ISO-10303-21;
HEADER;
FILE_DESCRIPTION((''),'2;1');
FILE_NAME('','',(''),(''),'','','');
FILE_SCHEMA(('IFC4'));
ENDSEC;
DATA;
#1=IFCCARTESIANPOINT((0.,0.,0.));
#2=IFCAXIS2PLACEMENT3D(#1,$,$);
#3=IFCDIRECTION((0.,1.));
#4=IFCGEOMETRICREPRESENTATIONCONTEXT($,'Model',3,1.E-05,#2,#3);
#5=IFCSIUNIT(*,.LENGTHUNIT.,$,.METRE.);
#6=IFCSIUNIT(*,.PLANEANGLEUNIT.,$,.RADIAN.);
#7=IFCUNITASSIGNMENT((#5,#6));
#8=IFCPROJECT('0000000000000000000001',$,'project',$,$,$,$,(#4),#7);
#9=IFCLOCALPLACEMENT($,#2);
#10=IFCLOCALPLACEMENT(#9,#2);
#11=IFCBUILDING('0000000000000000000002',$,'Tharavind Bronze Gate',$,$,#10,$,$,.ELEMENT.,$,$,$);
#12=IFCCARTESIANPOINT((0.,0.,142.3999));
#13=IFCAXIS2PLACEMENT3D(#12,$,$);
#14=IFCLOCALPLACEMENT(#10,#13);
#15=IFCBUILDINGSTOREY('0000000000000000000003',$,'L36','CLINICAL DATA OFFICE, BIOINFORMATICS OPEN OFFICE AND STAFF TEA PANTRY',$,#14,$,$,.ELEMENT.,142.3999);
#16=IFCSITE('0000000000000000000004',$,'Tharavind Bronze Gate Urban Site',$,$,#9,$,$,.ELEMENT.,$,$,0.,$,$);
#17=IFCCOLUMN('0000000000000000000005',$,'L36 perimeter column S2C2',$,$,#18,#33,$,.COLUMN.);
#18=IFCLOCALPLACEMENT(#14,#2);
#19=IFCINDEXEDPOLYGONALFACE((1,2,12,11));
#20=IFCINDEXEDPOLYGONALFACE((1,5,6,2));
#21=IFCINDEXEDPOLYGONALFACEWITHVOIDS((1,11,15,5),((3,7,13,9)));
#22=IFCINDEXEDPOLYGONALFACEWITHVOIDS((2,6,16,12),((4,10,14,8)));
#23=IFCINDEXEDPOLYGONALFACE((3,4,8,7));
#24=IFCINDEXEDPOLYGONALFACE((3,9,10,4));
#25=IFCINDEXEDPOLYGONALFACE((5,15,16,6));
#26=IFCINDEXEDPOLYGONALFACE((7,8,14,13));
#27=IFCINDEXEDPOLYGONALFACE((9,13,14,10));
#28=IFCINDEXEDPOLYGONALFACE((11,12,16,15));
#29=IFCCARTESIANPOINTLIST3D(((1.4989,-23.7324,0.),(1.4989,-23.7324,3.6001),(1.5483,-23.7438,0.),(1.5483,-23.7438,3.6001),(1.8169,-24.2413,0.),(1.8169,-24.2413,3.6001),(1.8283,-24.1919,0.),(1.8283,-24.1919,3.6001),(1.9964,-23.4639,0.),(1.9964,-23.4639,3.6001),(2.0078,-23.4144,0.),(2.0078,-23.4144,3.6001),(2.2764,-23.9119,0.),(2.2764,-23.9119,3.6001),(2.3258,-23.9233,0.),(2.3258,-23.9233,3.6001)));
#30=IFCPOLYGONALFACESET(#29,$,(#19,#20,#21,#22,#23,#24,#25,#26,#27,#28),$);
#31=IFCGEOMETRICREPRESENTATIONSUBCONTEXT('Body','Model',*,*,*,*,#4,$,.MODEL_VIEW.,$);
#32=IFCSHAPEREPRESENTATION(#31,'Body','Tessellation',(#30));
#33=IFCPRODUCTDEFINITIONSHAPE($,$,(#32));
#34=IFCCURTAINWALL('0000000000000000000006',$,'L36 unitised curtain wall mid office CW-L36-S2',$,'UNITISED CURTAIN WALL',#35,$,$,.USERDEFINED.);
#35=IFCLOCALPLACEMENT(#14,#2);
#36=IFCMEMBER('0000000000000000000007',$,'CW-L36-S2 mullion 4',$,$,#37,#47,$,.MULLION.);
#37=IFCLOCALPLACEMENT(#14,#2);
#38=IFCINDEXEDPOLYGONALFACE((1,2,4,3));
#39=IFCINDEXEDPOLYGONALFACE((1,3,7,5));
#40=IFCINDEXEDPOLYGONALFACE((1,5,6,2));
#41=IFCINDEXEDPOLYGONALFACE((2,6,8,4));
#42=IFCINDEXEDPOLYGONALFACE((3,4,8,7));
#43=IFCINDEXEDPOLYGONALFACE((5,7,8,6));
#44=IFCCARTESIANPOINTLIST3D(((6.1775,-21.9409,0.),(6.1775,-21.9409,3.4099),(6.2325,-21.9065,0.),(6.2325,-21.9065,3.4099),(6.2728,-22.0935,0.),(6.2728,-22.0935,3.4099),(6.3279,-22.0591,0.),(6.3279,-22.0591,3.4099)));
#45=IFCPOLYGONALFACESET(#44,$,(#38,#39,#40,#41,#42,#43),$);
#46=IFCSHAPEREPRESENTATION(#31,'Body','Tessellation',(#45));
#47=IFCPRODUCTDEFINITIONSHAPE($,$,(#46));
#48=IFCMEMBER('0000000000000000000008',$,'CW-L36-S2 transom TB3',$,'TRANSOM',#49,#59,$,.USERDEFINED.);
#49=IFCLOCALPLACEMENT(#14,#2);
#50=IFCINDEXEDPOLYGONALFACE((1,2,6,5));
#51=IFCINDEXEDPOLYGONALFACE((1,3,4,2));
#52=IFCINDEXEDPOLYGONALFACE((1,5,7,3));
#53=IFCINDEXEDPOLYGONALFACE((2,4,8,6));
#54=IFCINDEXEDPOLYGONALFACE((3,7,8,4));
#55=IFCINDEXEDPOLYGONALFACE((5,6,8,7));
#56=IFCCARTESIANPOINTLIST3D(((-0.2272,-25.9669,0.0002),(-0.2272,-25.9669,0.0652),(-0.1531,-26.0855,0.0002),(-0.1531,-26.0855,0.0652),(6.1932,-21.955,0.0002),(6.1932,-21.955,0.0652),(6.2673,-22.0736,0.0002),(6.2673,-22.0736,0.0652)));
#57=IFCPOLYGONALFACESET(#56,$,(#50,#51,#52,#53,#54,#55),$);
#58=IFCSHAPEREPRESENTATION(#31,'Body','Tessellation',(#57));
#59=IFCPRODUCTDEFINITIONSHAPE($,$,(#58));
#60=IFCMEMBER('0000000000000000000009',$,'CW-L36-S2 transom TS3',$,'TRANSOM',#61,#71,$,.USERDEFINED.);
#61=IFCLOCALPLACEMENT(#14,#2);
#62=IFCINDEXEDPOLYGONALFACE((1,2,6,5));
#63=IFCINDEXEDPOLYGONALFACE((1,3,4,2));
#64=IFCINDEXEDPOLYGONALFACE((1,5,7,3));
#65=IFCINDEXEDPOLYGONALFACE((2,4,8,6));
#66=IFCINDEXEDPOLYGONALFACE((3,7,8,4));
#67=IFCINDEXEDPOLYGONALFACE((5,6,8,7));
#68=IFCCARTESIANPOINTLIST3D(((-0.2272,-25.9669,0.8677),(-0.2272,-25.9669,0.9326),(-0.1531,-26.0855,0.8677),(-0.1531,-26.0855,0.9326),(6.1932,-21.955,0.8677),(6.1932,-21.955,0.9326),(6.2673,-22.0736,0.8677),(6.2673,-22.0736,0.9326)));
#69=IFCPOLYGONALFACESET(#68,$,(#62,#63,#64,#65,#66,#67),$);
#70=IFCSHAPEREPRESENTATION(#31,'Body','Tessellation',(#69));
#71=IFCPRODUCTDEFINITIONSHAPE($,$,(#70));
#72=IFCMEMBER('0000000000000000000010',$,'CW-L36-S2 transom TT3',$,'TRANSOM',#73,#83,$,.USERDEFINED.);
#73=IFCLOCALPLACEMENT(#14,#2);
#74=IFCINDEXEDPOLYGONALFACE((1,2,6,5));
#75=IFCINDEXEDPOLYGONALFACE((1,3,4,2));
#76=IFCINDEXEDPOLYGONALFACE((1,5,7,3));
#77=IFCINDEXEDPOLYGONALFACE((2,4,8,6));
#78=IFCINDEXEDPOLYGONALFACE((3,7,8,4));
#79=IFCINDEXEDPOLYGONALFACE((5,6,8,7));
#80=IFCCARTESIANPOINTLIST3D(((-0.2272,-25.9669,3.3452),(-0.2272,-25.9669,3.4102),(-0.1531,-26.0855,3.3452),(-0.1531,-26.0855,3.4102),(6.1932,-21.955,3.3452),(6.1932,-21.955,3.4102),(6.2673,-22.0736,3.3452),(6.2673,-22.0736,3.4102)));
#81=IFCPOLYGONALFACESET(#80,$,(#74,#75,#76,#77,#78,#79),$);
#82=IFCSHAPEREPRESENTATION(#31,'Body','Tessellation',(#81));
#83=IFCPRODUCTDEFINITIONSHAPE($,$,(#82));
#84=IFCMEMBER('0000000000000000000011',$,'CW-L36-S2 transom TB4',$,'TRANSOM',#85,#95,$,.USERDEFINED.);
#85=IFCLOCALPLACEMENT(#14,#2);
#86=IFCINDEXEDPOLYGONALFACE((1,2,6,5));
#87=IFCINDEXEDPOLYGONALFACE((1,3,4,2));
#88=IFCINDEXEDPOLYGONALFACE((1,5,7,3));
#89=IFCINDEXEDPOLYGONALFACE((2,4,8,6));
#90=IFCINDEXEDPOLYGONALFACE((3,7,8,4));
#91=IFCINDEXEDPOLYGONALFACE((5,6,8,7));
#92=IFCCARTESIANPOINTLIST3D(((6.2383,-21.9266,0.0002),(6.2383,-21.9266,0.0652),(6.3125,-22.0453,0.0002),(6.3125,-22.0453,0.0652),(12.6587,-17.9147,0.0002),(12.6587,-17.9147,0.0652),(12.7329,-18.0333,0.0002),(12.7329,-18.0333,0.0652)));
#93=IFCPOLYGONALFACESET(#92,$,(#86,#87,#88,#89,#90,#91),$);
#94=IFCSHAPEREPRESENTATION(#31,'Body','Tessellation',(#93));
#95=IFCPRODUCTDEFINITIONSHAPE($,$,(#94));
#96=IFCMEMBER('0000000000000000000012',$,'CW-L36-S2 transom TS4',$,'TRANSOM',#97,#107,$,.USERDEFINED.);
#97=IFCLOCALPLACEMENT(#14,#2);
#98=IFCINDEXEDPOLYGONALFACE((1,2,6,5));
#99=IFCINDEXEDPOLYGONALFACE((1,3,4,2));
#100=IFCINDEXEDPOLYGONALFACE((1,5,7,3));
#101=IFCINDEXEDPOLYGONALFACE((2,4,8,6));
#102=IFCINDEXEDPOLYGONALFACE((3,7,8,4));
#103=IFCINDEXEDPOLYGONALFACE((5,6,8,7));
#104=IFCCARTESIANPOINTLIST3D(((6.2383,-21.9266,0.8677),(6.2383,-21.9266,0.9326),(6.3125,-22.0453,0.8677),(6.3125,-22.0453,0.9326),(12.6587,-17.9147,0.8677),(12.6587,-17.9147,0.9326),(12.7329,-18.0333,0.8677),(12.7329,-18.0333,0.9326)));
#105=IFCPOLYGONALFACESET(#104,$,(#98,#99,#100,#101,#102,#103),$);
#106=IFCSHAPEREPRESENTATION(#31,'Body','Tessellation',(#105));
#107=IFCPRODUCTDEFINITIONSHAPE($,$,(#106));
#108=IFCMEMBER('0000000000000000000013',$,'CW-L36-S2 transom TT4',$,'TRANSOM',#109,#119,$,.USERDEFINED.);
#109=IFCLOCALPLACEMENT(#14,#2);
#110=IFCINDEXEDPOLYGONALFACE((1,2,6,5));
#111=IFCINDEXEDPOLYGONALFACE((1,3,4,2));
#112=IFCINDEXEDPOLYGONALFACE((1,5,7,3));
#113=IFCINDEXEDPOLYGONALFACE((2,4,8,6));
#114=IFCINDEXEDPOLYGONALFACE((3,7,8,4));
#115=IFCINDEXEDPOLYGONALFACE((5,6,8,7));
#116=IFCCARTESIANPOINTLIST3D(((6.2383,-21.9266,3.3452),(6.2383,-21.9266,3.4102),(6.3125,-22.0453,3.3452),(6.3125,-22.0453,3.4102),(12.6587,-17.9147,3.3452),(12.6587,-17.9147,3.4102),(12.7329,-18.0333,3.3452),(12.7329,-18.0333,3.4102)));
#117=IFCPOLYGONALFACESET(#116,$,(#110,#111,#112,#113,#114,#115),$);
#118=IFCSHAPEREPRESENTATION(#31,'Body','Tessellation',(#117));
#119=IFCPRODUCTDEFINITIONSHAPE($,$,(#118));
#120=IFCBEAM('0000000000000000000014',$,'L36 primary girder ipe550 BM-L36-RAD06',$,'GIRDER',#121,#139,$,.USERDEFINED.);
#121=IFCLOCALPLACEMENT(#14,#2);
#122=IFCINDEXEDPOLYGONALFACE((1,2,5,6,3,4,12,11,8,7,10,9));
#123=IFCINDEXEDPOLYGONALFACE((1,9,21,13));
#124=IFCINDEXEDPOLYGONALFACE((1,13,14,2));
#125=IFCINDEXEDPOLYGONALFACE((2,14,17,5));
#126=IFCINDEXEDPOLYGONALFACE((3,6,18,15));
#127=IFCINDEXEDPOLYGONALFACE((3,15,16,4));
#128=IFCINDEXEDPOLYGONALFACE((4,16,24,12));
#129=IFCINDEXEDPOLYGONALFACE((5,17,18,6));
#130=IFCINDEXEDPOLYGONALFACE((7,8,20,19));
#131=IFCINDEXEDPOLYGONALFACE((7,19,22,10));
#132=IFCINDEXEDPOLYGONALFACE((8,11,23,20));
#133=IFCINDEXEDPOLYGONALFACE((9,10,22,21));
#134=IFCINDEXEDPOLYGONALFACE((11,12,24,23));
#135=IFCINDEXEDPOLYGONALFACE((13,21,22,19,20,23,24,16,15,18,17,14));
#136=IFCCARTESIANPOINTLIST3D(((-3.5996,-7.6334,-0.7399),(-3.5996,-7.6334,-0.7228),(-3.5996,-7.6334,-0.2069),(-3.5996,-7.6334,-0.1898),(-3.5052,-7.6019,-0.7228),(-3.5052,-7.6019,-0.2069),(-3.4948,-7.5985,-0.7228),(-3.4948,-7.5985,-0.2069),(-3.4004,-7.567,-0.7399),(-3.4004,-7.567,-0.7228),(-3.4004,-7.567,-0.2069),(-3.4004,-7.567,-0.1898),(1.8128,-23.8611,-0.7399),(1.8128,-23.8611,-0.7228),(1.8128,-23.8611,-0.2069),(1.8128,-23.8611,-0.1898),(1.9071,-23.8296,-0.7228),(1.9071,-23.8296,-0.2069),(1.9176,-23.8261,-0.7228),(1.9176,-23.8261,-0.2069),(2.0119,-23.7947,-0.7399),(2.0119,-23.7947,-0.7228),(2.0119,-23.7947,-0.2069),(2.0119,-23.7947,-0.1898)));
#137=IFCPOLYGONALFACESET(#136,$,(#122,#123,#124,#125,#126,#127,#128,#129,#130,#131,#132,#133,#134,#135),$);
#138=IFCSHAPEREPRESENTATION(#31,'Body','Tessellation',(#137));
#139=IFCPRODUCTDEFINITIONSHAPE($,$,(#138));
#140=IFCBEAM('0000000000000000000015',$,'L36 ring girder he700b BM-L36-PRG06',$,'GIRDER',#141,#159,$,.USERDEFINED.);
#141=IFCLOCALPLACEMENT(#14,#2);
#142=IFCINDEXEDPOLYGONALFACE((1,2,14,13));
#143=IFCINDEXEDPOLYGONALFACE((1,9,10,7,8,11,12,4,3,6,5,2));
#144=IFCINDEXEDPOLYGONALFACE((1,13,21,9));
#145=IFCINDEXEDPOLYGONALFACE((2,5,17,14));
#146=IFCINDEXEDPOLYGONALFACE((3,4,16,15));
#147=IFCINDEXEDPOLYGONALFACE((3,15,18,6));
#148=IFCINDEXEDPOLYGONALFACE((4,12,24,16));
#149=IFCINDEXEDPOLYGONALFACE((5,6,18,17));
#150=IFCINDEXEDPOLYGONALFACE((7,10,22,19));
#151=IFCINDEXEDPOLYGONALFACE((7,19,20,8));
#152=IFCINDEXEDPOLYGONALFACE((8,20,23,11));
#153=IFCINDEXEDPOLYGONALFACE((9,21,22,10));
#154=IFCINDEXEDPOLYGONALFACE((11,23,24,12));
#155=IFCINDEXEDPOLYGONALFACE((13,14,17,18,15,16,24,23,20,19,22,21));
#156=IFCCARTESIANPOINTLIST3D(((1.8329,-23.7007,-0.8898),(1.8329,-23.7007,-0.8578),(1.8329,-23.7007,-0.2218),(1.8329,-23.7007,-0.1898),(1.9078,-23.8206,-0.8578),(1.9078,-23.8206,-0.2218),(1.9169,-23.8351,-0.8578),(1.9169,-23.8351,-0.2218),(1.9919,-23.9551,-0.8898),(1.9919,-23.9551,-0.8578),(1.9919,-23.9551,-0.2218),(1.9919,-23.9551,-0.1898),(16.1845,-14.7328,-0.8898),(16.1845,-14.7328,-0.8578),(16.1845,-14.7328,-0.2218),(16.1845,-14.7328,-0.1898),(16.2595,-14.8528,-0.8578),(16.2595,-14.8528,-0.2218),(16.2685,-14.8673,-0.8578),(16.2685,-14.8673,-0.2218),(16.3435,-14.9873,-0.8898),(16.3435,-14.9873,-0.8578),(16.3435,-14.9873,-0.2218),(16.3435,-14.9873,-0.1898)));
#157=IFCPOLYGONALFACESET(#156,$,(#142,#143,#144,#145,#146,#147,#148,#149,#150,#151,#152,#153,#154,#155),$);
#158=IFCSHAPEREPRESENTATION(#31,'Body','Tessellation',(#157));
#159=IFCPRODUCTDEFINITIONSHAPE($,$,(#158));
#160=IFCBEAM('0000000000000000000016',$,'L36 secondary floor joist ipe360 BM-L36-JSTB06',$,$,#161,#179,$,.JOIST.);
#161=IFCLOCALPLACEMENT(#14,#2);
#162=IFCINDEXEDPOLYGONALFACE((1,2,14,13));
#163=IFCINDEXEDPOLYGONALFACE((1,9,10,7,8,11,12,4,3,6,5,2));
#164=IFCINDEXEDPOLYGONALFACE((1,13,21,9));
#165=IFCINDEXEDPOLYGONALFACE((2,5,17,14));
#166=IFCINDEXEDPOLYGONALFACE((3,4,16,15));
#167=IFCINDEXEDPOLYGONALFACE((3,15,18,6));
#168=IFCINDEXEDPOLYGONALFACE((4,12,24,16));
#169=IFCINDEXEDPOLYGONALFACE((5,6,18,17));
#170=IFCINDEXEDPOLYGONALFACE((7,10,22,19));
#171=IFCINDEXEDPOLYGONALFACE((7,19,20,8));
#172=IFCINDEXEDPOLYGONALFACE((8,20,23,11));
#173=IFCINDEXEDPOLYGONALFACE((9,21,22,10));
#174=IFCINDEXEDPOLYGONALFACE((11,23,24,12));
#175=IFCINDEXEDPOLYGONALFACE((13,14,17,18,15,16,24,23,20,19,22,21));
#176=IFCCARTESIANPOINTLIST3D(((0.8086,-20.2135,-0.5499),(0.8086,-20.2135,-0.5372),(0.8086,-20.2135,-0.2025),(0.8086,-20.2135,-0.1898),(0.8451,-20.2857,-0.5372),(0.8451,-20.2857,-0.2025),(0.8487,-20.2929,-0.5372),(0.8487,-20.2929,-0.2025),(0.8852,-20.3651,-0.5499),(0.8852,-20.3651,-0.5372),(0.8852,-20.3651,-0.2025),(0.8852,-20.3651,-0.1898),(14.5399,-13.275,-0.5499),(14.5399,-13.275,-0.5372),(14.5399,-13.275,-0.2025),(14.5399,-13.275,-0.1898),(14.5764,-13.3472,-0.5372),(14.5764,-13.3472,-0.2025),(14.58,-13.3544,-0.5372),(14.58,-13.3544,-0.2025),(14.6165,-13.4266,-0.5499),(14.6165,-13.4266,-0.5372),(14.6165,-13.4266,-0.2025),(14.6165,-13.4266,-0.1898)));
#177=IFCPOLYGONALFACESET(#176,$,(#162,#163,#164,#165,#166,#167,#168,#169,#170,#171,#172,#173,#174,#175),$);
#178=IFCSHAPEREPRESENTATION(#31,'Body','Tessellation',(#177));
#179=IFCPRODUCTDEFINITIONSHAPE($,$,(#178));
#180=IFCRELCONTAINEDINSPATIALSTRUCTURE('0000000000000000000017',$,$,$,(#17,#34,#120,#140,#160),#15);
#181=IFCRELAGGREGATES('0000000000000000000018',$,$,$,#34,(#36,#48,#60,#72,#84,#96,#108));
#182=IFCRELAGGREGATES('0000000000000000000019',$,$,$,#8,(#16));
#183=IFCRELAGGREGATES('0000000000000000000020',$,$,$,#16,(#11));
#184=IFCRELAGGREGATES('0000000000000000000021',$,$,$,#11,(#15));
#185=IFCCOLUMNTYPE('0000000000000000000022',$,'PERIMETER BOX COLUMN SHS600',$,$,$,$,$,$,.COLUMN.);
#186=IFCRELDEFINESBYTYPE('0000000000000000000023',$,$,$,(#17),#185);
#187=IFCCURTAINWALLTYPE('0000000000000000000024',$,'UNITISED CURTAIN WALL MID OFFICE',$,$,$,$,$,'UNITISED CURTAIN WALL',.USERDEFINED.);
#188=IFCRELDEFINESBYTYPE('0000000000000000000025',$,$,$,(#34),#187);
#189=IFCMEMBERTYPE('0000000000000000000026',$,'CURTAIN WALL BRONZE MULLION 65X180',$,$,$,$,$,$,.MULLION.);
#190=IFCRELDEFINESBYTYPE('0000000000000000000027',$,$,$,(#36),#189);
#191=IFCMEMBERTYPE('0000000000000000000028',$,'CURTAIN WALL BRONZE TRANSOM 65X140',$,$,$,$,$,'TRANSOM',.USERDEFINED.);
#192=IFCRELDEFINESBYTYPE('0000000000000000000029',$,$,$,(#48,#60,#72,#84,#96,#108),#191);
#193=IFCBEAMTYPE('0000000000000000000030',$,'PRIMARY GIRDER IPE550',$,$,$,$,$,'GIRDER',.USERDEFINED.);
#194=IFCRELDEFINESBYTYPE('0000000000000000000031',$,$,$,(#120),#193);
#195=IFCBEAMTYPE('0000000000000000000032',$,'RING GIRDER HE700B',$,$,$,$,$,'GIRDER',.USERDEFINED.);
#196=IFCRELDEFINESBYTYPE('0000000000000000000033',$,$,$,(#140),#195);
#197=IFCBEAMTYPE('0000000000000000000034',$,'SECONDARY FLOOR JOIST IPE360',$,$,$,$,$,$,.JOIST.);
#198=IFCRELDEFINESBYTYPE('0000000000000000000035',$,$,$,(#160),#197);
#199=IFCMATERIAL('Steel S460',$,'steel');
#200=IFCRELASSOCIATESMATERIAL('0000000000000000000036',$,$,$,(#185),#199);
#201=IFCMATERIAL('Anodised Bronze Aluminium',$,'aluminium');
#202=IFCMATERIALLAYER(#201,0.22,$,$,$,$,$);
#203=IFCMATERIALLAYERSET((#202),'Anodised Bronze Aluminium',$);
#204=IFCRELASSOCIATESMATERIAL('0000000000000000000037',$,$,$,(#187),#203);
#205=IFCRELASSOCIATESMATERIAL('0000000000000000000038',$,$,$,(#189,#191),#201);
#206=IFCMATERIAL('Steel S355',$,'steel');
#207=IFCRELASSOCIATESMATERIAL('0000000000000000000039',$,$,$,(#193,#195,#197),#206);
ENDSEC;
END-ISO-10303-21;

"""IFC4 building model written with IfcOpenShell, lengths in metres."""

from ifc_helpers import new_model, si_unit, direction, frame, origin, origin_2d, place, context, subcontext, project, spatial, rectangle, hollow_rectangle, i_section, extrude, material, layer, layer_set, material_profile, profile_set, type_object, element, aggregate, save


model = new_model("IFC4")

# Units and contexts
model_context = context("Model", 3, precision=1e-05, world=origin(), true_north=direction((0.0, 1.0)))
body_context = subcontext(model_context, "Body", "Model", "MODEL_VIEW")
ifc_project = project(units=[si_unit("LENGTHUNIT", "METRE"), si_unit("PLANEANGLEUNIT", "RADIAN")], contexts=[model_context])

# Site, building, storey
site_placement = place(None, origin())
site = spatial("IfcSite", under=ifc_project, at=site_placement, Name="Tharavind Bronze Gate Urban Site", CompositionType="ELEMENT", RefElevation=0.0)
building_placement = place(site_placement, origin())
building = spatial("IfcBuilding", under=site, at=building_placement, Name="Tharavind Bronze Gate", CompositionType="ELEMENT")
storey_placement = place(building_placement, frame((0.0, 0.0, 142.3999)))
storey = spatial("IfcBuildingStorey", under=building, at=storey_placement, Name="L36", Description="CLINICAL DATA OFFICE, BIOINFORMATICS OPEN OFFICE AND STAFF TEA PANTRY", CompositionType="ELEMENT", Elevation=142.3999)

# Column
ifc_material_1 = material(Name="Steel S460", Category="steel")
ifc_material_profile_1 = material_profile(ifc_material_1, hollow_rectangle(XDim=0.6001, YDim=0.6001, WallThickness=0.0359, at=origin_2d()), Name="SHS600X36")
ifc_profile_set_1 = profile_set([ifc_material_profile_1], Name="Steel S460")
column_type = type_object("IfcColumnType", Name="PERIMETER BOX COLUMN SHS600", PredefinedType="COLUMN", material=ifc_profile_set_1)
column_placement = place(storey_placement, frame((1.9124, -23.8279, 0.0), z_axis=(0.0, 0.0, 1.0), x_axis=(0.848047, 0.529921, 0.0)))
element("IfcColumn", 1, at=column_placement, inside=storey, type_object=column_type, Name="L36 perimeter column S2C2", PredefinedType="COLUMN", context=body_context, shape_type="SweptSolid", body=[
    extrude(hollow_rectangle(XDim=0.6001, YDim=0.6001, WallThickness=0.0359, at=origin_2d()), origin(), (0.0, 0.0, 1.0), 3.6001),
])

# Curtain wall, members
ifc_material_2 = material(Name="Anodised Bronze Aluminium", Category="aluminium")
ifc_layer_1 = layer(ifc_material_2, 0.22)
ifc_layer_set_1 = layer_set([ifc_layer_1], Name="Anodised Bronze Aluminium")
curtain_wall_type = type_object("IfcCurtainWallType", Name="UNITISED CURTAIN WALL MID OFFICE", ElementType="UNITISED CURTAIN WALL", PredefinedType="USERDEFINED", material=ifc_layer_set_1)
curtain_wall_placement = place(storey_placement, origin())
curtain_wall = element("IfcCurtainWall", 2, at=curtain_wall_placement, inside=storey, type_object=curtain_wall_type, Name="L36 unitised curtain wall mid office CW-L36-S2", ObjectType="UNITISED CURTAIN WALL", PredefinedType="USERDEFINED")
member_type_1 = type_object("IfcMemberType", Name="CURTAIN WALL BRONZE MULLION 65X180", PredefinedType="MULLION", material=ifc_material_2)
member_1_placement = place(storey_placement, frame((6.2527, -22.0, 0.0), z_axis=(0.0, 0.0, 1.0), x_axis=(0.848048, 0.529919, 0.0)))
member_1 = element("IfcMember", 3, at=member_1_placement, type_object=member_type_1, Name="CW-L36-S2 mullion 4", PredefinedType="MULLION", context=body_context, shape_type="SweptSolid", body=[
    extrude(rectangle(XDim=0.0649, YDim=0.1799, at=origin_2d()), origin(), (0.0, 0.0, 1.0), 3.4099),
])
member_type_2 = type_object("IfcMemberType", Name="CURTAIN WALL BRONZE TRANSOM 65X140", ElementType="TRANSOM", PredefinedType="USERDEFINED", material=ifc_material_2)
member_2_placement = place(storey_placement, frame((3.02, -24.0203, 0.0002), z_axis=(0.0, 0.0, 1.0), x_axis=(0.848048, 0.529919, 0.0)))
member_2 = element("IfcMember", 4, at=member_2_placement, type_object=member_type_2, Name="CW-L36-S2 transom TB3", ObjectType="TRANSOM", PredefinedType="USERDEFINED", context=body_context, shape_type="SweptSolid", body=[
    extrude(rectangle(XDim=7.5708, YDim=0.1399, at=origin_2d()), origin(), (0.0, 0.0, 1.0), 0.0649),
])
member_3_placement = place(storey_placement, frame((3.02, -24.0203, 0.8677), z_axis=(0.0, 0.0, 1.0), x_axis=(0.848048, 0.529919, 0.0)))
member_3 = element("IfcMember", 5, at=member_3_placement, type_object=member_type_2, Name="CW-L36-S2 transom TS3", ObjectType="TRANSOM", PredefinedType="USERDEFINED", context=body_context, shape_type="SweptSolid", body=[
    extrude(rectangle(XDim=7.5708, YDim=0.1399, at=origin_2d()), origin(), (0.0, 0.0, 1.0), 0.0649),
])
member_4_placement = place(storey_placement, frame((3.02, -24.0203, 3.3452), z_axis=(0.0, 0.0, 1.0), x_axis=(0.848048, 0.529919, 0.0)))
member_4 = element("IfcMember", 6, at=member_4_placement, type_object=member_type_2, Name="CW-L36-S2 transom TT3", ObjectType="TRANSOM", PredefinedType="USERDEFINED", context=body_context, shape_type="SweptSolid", body=[
    extrude(rectangle(XDim=7.5708, YDim=0.1399, at=origin_2d()), origin(), (0.0, 0.0, 1.0), 0.0649),
])
member_5_placement = place(storey_placement, frame((9.4856, -19.98, 0.0002), z_axis=(0.0, 0.0, 1.0), x_axis=(0.848048, 0.529919, 0.0)))
member_5 = element("IfcMember", 7, at=member_5_placement, type_object=member_type_2, Name="CW-L36-S2 transom TB4", ObjectType="TRANSOM", PredefinedType="USERDEFINED", context=body_context, shape_type="SweptSolid", body=[
    extrude(rectangle(XDim=7.5708, YDim=0.1399, at=origin_2d()), origin(), (0.0, 0.0, 1.0), 0.0649),
])
member_6_placement = place(storey_placement, frame((9.4856, -19.98, 0.8677), z_axis=(0.0, 0.0, 1.0), x_axis=(0.848048, 0.529919, 0.0)))
member_6 = element("IfcMember", 8, at=member_6_placement, type_object=member_type_2, Name="CW-L36-S2 transom TS4", ObjectType="TRANSOM", PredefinedType="USERDEFINED", context=body_context, shape_type="SweptSolid", body=[
    extrude(rectangle(XDim=7.5708, YDim=0.1399, at=origin_2d()), origin(), (0.0, 0.0, 1.0), 0.0649),
])
member_7_placement = place(storey_placement, frame((9.4856, -19.98, 3.3452), z_axis=(0.0, 0.0, 1.0), x_axis=(0.848048, 0.529919, 0.0)))
member_7 = element("IfcMember", 9, at=member_7_placement, type_object=member_type_2, Name="CW-L36-S2 transom TT4", ObjectType="TRANSOM", PredefinedType="USERDEFINED", context=body_context, shape_type="SweptSolid", body=[
    extrude(rectangle(XDim=7.5708, YDim=0.1399, at=origin_2d()), origin(), (0.0, 0.0, 1.0), 0.0649),
])

# Beams
ifc_material_3 = material(Name="Steel S355", Category="steel")
ifc_material_profile_2 = material_profile(ifc_material_3, i_section(OverallWidth=0.21, OverallDepth=0.55, WebThickness=0.011, FlangeThickness=0.0171, at=origin_2d()), Name="IPE550")
ifc_profile_set_2 = profile_set([ifc_material_profile_2], Name="Steel S355")
beam_type_1 = type_object("IfcBeamType", Name="PRIMARY GIRDER IPE550", ElementType="GIRDER", PredefinedType="USERDEFINED", material=ifc_profile_set_2)
beam_1_placement = place(storey_placement, frame((1.9124, -23.8279, -0.4648), z_axis=(-0.31639, 0.948629, 0.0), x_axis=(-0.948629, -0.31639, 0.0)))
element("IfcBeam", 10, at=beam_1_placement, inside=storey, type_object=beam_type_1, Name="L36 primary girder ipe550 BM-L36-RAD06", ObjectType="GIRDER", PredefinedType="USERDEFINED", context=body_context, shape_type="SweptSolid", body=[
    extrude(i_section(OverallWidth=0.21, OverallDepth=0.55, WebThickness=0.011, FlangeThickness=0.0171, at=origin_2d()), origin(), (0.0, 0.0, 1.0), 17.1064),
])
ifc_material_profile_3 = material_profile(ifc_material_3, i_section(OverallWidth=0.3, OverallDepth=0.7, WebThickness=0.0171, FlangeThickness=0.032, at=origin_2d()), Name="HE700B")
ifc_profile_set_3 = profile_set([ifc_material_profile_3], Name="Steel S355")
beam_type_2 = type_object("IfcBeamType", Name="RING GIRDER HE700B", ElementType="GIRDER", PredefinedType="USERDEFINED", material=ifc_profile_set_3)
beam_2_placement = place(storey_placement, frame((1.9124, -23.8279, -0.5398), z_axis=(0.84805, 0.529916, 0.0), x_axis=(-0.529916, 0.84805, 0.0)))
element("IfcBeam", 11, at=beam_2_placement, inside=storey, type_object=beam_type_2, Name="L36 ring girder he700b BM-L36-PRG06", ObjectType="GIRDER", PredefinedType="USERDEFINED", context=body_context, shape_type="SweptSolid", body=[
    extrude(i_section(OverallWidth=0.3, OverallDepth=0.7, WebThickness=0.0171, FlangeThickness=0.032, at=origin_2d()), origin(), (0.0, 0.0, 1.0), 16.9231),
])
ifc_material_profile_4 = material_profile(ifc_material_3, i_section(OverallWidth=0.1699, OverallDepth=0.3601, WebThickness=0.0081, FlangeThickness=0.0127, at=origin_2d()), Name="IPE360")
ifc_profile_set_4 = profile_set([ifc_material_profile_4], Name="Steel S355")
beam_type_3 = type_object("IfcBeamType", Name="SECONDARY FLOOR JOIST IPE360", PredefinedType="JOIST", material=ifc_profile_set_4)
beam_3_placement = place(storey_placement, frame((0.8469, -20.2893, -0.3699), z_axis=(0.892524, 0.450999, 0.0), x_axis=(-0.450999, 0.892524, 0.0)))
element("IfcBeam", 12, at=beam_3_placement, inside=storey, type_object=beam_type_3, Name="L36 secondary floor joist ipe360 BM-L36-JSTB06", PredefinedType="JOIST", context=body_context, shape_type="SweptSolid", body=[
    extrude(i_section(OverallWidth=0.1699, OverallDepth=0.3601, WebThickness=0.0081, FlangeThickness=0.0127, at=origin_2d()), origin(), (0.0, 0.0, 1.0), 15.3848),
])

aggregate(curtain_wall, [member_1, member_2, member_3, member_4, member_5, member_6, member_7])

save(model, "model.ifc")
